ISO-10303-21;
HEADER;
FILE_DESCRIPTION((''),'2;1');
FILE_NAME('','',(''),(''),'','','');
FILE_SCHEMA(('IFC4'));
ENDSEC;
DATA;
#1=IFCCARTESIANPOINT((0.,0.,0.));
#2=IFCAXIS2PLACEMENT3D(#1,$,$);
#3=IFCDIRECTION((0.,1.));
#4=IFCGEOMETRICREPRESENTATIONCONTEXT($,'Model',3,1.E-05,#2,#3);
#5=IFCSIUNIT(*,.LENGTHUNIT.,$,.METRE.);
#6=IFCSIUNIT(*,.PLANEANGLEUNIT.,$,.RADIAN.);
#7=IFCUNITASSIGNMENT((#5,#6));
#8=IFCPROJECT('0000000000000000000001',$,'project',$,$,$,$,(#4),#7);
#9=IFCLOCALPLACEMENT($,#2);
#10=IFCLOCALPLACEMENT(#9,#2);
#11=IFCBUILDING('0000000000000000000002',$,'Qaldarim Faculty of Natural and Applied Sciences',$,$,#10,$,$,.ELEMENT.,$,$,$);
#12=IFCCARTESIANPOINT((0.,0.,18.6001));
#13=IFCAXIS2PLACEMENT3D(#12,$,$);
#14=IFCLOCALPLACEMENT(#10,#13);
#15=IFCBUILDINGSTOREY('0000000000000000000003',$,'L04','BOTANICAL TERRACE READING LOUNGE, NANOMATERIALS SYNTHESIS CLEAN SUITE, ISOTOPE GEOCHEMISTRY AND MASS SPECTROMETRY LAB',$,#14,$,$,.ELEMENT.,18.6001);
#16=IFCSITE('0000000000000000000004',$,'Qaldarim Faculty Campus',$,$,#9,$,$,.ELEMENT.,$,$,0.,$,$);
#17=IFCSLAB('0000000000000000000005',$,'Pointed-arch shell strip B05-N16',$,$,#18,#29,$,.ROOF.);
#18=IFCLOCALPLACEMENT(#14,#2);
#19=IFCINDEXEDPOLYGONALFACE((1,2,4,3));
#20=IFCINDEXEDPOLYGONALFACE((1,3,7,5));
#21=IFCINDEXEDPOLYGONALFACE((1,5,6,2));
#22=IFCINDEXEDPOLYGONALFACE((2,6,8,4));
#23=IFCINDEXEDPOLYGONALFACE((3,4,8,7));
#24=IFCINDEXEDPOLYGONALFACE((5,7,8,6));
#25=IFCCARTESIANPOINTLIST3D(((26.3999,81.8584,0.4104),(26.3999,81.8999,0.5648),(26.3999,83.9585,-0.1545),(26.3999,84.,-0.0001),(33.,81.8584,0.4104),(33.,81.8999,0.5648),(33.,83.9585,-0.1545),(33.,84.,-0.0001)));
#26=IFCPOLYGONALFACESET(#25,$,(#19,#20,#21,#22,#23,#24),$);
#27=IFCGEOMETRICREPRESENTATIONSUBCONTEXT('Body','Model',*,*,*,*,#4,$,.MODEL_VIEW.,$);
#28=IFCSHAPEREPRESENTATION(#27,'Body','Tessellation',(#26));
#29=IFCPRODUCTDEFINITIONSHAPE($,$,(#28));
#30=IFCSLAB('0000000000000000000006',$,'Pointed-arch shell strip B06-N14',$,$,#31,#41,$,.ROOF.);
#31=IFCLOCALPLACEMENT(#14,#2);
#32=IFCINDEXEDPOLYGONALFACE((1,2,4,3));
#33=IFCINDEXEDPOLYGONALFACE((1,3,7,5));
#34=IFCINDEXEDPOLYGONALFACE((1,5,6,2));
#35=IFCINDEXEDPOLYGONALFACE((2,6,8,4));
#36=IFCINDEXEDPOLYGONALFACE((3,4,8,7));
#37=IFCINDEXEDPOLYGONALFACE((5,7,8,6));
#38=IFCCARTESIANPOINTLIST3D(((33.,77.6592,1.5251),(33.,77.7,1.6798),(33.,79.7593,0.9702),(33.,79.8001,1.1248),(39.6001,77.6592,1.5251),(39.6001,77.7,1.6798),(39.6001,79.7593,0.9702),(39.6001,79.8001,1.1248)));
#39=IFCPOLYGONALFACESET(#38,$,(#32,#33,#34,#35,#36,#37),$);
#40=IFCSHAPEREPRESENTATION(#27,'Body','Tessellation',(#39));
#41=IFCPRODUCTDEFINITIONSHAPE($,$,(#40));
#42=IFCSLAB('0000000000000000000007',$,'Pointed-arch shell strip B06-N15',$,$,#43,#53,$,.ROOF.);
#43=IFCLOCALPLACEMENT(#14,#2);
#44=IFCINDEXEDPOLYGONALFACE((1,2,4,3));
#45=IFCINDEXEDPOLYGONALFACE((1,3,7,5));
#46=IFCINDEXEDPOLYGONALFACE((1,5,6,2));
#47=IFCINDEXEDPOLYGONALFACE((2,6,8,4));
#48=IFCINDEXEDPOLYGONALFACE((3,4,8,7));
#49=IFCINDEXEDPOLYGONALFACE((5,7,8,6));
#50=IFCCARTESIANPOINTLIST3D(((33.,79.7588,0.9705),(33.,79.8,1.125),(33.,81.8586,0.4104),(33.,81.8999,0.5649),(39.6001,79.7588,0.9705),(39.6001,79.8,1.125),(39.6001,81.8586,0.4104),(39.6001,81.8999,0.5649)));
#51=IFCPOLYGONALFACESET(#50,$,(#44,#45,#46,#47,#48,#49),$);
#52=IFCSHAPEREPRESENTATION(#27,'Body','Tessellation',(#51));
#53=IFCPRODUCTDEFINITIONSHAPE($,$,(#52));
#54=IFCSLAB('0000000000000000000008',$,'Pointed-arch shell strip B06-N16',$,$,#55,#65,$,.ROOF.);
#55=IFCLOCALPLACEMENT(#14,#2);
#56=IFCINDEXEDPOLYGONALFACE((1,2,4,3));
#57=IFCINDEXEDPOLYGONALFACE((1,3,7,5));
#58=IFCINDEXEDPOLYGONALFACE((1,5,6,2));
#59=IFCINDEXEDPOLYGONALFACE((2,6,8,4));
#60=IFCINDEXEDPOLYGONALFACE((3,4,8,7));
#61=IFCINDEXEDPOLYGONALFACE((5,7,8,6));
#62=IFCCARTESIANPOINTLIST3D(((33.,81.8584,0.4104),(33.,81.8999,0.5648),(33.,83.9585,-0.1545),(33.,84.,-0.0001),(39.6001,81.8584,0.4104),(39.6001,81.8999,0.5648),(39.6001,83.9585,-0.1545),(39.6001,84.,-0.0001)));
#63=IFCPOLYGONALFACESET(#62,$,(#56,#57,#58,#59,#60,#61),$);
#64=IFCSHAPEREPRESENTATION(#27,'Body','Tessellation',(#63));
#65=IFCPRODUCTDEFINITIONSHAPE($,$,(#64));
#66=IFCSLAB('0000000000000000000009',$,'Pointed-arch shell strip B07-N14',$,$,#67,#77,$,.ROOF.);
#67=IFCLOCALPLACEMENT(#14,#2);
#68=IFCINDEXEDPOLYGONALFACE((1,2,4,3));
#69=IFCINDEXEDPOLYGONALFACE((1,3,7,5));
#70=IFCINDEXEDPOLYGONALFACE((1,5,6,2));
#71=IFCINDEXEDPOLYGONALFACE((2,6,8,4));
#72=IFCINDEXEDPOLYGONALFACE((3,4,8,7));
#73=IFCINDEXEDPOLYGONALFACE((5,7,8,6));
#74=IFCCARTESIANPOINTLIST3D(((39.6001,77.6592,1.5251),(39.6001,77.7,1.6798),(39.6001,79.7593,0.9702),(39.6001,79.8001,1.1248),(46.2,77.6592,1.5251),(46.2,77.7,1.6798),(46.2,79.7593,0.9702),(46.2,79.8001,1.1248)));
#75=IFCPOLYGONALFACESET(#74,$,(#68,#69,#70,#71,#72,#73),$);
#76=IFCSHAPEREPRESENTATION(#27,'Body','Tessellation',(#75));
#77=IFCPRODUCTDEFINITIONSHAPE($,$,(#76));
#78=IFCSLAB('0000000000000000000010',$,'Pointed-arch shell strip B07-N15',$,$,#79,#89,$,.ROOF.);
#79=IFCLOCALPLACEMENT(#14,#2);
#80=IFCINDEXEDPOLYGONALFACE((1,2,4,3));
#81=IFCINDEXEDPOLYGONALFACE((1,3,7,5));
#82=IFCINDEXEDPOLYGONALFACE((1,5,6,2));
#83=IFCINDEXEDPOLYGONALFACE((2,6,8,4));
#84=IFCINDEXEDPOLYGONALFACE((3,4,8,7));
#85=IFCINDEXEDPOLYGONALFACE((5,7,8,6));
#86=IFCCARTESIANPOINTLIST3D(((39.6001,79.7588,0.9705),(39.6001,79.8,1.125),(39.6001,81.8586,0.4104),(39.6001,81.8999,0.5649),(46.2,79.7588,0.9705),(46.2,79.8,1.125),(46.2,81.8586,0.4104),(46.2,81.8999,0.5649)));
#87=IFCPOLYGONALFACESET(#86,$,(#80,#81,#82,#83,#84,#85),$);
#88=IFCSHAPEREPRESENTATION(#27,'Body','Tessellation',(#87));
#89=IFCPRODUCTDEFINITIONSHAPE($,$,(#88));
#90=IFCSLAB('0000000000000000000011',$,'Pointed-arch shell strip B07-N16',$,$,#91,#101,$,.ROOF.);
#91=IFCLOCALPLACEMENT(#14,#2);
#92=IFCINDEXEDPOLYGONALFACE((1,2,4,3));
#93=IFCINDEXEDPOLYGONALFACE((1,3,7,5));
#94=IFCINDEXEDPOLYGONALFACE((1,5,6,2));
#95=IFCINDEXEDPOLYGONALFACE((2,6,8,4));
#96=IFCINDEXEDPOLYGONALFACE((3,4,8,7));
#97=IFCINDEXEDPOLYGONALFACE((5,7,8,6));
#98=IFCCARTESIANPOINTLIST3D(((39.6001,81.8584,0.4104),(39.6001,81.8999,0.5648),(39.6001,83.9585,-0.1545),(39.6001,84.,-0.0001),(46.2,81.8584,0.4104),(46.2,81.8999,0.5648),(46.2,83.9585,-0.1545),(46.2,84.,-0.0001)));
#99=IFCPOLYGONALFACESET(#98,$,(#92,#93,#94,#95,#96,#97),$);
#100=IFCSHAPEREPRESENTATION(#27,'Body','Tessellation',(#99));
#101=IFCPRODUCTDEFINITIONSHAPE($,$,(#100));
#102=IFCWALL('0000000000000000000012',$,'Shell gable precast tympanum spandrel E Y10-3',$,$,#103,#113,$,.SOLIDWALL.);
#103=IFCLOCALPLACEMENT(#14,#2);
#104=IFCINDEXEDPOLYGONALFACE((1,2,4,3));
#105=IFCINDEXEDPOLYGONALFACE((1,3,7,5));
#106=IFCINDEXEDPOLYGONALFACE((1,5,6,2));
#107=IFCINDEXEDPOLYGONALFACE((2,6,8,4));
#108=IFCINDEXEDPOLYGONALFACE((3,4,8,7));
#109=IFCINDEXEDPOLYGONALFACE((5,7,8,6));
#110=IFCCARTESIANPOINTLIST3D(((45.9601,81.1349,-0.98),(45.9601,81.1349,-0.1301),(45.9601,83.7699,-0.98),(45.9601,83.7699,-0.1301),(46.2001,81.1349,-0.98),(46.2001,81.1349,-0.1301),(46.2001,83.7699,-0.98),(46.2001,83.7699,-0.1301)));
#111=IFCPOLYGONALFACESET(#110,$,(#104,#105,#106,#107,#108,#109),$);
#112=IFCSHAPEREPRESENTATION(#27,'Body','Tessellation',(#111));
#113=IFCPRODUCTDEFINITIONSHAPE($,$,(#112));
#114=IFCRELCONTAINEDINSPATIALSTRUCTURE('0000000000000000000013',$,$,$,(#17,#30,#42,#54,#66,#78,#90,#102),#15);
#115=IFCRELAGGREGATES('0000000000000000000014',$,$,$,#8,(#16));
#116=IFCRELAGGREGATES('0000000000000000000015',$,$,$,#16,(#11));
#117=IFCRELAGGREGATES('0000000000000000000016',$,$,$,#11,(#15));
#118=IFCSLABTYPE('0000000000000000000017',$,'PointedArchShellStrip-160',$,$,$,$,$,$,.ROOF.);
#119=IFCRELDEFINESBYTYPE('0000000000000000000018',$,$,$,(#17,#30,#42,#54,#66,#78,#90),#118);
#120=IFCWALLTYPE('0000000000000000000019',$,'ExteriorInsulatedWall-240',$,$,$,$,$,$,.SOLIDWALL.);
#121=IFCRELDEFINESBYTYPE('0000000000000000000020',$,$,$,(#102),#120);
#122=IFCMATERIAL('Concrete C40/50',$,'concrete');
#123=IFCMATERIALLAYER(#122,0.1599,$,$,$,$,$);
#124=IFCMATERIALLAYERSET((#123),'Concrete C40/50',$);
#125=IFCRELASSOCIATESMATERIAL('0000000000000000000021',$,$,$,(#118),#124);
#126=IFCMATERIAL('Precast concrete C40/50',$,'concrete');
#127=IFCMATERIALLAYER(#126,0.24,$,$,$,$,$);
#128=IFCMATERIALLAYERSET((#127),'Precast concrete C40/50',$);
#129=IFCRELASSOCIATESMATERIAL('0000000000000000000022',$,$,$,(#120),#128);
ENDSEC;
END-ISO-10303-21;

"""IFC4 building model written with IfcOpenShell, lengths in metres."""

from ifc_helpers import new_model, si_unit, direction, frame, frame_2d, origin, place, context, subcontext, project, spatial, polyline, rectangle, outline, extrude, material, layer, layer_set, type_object, element, save


model = new_model("IFC4")

# Units and contexts
model_context = context("Model", 3, precision=1e-05, world=origin(), true_north=direction((0.0, 1.0)))
body_context = subcontext(model_context, "Body", "Model", "MODEL_VIEW")
ifc_project = project(units=[si_unit("LENGTHUNIT", "METRE"), si_unit("PLANEANGLEUNIT", "RADIAN")], contexts=[model_context])

# Site, building, storey
site_placement = place(None, origin())
site = spatial("IfcSite", under=ifc_project, at=site_placement, Name="Qaldarim Faculty Campus", CompositionType="ELEMENT", RefElevation=0.0)
building_placement = place(site_placement, origin())
building = spatial("IfcBuilding", under=site, at=building_placement, Name="Qaldarim Faculty of Natural and Applied Sciences", CompositionType="ELEMENT")
storey_placement = place(building_placement, frame((0.0, 0.0, 18.6001)))
storey = spatial("IfcBuildingStorey", under=building, at=storey_placement, Name="L04", Description="BOTANICAL TERRACE READING LOUNGE, NANOMATERIALS SYNTHESIS CLEAN SUITE, ISOTOPE GEOCHEMISTRY AND MASS SPECTROMETRY LAB", CompositionType="ELEMENT", Elevation=18.6001)

# Slabs
ifc_material_1 = material(Name="Concrete C40/50", Category="concrete")
ifc_layer_1 = layer(ifc_material_1, 0.1599)
ifc_layer_set_1 = layer_set([ifc_layer_1], Name="Concrete C40/50")
slab_type = type_object("IfcSlabType", Name="PointedArchShellStrip-160", PredefinedType="ROOF", material=ifc_layer_set_1)
slab_1_placement = place(storey_placement, frame((26.3999, 81.8584, 0.4104), z_axis=(0.0, 0.259772, 0.96567), x_axis=(1.0, 0.0, 0.0)))
element("IfcSlab", 1, at=slab_1_placement, inside=storey, type_object=slab_type, Name="Pointed-arch shell strip B05-N16", PredefinedType="ROOF", context=body_context, shape_type="SweptSolid", body=[
    extrude(outline(polyline([(0.0, 0.0), (6.6001, 0.0), (6.6001, 2.1748), (0.0, 2.1748), (0.0, 0.0)])), origin(), (0.0, 0.0, 1.0), 0.1599),
])
slab_2_placement = place(storey_placement, frame((33.0, 77.6592, 1.5251), z_axis=(0.0, 0.255472, 0.966816), x_axis=(1.0, 0.0, 0.0)))
element("IfcSlab", 2, at=slab_2_placement, inside=storey, type_object=slab_type, Name="Pointed-arch shell strip B06-N14", PredefinedType="ROOF", context=body_context, shape_type="SweptSolid", body=[
    extrude(outline(polyline([(0.0, 0.0), (6.6001, 0.0), (6.6001, 2.1722), (0.0, 2.1722), (0.0, 0.0)])), origin(), (0.0, 0.0, 1.0), 0.1599),
])
slab_3_placement = place(storey_placement, frame((33.0, 79.7588, 0.9705), z_axis=(0.0, 0.257705, 0.966224), x_axis=(1.0, 0.0, 0.0)))
element("IfcSlab", 3, at=slab_3_placement, inside=storey, type_object=slab_type, Name="Pointed-arch shell strip B06-N15", PredefinedType="ROOF", context=body_context, shape_type="SweptSolid", body=[
    extrude(outline(polyline([(0.0, 0.0), (6.6001, 0.0), (6.6001, 2.1733), (0.0, 2.1733), (0.0, 0.0)])), origin(), (0.0, 0.0, 1.0), 0.1599),
])
slab_4_placement = place(storey_placement, frame((33.0, 81.8584, 0.4104), z_axis=(0.0, 0.259772, 0.96567), x_axis=(1.0, 0.0, 0.0)))
element("IfcSlab", 4, at=slab_4_placement, inside=storey, type_object=slab_type, Name="Pointed-arch shell strip B06-N16", PredefinedType="ROOF", context=body_context, shape_type="SweptSolid", body=[
    extrude(outline(polyline([(0.0, 0.0), (6.6001, 0.0), (6.6001, 2.1748), (0.0, 2.1748), (0.0, 0.0)])), origin(), (0.0, 0.0, 1.0), 0.1599),
])
slab_5_placement = place(storey_placement, frame((39.6001, 77.6592, 1.5251), z_axis=(0.0, 0.255472, 0.966816), x_axis=(1.0, 0.0, 0.0)))
element("IfcSlab", 5, at=slab_5_placement, inside=storey, type_object=slab_type, Name="Pointed-arch shell strip B07-N14", PredefinedType="ROOF", context=body_context, shape_type="SweptSolid", body=[
    extrude(outline(polyline([(0.0, 0.0), (6.5999, 0.0), (6.5999, 2.1722), (0.0, 2.1722), (0.0, 0.0)])), origin(), (0.0, 0.0, 1.0), 0.1599),
])
slab_6_placement = place(storey_placement, frame((39.6001, 79.7588, 0.9705), z_axis=(0.0, 0.257705, 0.966224), x_axis=(1.0, 0.0, 0.0)))
element("IfcSlab", 6, at=slab_6_placement, inside=storey, type_object=slab_type, Name="Pointed-arch shell strip B07-N15", PredefinedType="ROOF", context=body_context, shape_type="SweptSolid", body=[
    extrude(outline(polyline([(0.0, 0.0), (6.5999, 0.0), (6.5999, 2.1733), (0.0, 2.1733), (0.0, 0.0)])), origin(), (0.0, 0.0, 1.0), 0.1599),
])
slab_7_placement = place(storey_placement, frame((39.6001, 81.8584, 0.4104), z_axis=(0.0, 0.259772, 0.96567), x_axis=(1.0, 0.0, 0.0)))
element("IfcSlab", 7, at=slab_7_placement, inside=storey, type_object=slab_type, Name="Pointed-arch shell strip B07-N16", PredefinedType="ROOF", context=body_context, shape_type="SweptSolid", body=[
    extrude(outline(polyline([(0.0, 0.0), (6.5999, 0.0), (6.5999, 2.1748), (0.0, 2.1748), (0.0, 0.0)])), origin(), (0.0, 0.0, 1.0), 0.1599),
])

# Wall
ifc_material_2 = material(Name="Precast concrete C40/50", Category="concrete")
ifc_layer_2 = layer(ifc_material_2, 0.24)
ifc_layer_set_2 = layer_set([ifc_layer_2], Name="Precast concrete C40/50")
wall_type = type_object("IfcWallType", Name="ExteriorInsulatedWall-240", PredefinedType="SOLIDWALL", material=ifc_layer_set_2)
wall_placement = place(storey_placement, frame((46.0801, 81.135, -0.98), z_axis=(0.0, 0.0, 1.0), x_axis=(0.0, 1.0, 0.0)))
element("IfcWall", 8, at=wall_placement, inside=storey, type_object=wall_type, Name="Shell gable precast tympanum spandrel E Y10-3", PredefinedType="SOLIDWALL", context=body_context, shape_type="SweptSolid", body=[
    extrude(rectangle(XDim=2.635, YDim=0.24, at=frame_2d((1.3174, 0.0))), origin(), (0.0, 0.0, 1.0), 0.8499),
])

save(model, "model.ifc")
